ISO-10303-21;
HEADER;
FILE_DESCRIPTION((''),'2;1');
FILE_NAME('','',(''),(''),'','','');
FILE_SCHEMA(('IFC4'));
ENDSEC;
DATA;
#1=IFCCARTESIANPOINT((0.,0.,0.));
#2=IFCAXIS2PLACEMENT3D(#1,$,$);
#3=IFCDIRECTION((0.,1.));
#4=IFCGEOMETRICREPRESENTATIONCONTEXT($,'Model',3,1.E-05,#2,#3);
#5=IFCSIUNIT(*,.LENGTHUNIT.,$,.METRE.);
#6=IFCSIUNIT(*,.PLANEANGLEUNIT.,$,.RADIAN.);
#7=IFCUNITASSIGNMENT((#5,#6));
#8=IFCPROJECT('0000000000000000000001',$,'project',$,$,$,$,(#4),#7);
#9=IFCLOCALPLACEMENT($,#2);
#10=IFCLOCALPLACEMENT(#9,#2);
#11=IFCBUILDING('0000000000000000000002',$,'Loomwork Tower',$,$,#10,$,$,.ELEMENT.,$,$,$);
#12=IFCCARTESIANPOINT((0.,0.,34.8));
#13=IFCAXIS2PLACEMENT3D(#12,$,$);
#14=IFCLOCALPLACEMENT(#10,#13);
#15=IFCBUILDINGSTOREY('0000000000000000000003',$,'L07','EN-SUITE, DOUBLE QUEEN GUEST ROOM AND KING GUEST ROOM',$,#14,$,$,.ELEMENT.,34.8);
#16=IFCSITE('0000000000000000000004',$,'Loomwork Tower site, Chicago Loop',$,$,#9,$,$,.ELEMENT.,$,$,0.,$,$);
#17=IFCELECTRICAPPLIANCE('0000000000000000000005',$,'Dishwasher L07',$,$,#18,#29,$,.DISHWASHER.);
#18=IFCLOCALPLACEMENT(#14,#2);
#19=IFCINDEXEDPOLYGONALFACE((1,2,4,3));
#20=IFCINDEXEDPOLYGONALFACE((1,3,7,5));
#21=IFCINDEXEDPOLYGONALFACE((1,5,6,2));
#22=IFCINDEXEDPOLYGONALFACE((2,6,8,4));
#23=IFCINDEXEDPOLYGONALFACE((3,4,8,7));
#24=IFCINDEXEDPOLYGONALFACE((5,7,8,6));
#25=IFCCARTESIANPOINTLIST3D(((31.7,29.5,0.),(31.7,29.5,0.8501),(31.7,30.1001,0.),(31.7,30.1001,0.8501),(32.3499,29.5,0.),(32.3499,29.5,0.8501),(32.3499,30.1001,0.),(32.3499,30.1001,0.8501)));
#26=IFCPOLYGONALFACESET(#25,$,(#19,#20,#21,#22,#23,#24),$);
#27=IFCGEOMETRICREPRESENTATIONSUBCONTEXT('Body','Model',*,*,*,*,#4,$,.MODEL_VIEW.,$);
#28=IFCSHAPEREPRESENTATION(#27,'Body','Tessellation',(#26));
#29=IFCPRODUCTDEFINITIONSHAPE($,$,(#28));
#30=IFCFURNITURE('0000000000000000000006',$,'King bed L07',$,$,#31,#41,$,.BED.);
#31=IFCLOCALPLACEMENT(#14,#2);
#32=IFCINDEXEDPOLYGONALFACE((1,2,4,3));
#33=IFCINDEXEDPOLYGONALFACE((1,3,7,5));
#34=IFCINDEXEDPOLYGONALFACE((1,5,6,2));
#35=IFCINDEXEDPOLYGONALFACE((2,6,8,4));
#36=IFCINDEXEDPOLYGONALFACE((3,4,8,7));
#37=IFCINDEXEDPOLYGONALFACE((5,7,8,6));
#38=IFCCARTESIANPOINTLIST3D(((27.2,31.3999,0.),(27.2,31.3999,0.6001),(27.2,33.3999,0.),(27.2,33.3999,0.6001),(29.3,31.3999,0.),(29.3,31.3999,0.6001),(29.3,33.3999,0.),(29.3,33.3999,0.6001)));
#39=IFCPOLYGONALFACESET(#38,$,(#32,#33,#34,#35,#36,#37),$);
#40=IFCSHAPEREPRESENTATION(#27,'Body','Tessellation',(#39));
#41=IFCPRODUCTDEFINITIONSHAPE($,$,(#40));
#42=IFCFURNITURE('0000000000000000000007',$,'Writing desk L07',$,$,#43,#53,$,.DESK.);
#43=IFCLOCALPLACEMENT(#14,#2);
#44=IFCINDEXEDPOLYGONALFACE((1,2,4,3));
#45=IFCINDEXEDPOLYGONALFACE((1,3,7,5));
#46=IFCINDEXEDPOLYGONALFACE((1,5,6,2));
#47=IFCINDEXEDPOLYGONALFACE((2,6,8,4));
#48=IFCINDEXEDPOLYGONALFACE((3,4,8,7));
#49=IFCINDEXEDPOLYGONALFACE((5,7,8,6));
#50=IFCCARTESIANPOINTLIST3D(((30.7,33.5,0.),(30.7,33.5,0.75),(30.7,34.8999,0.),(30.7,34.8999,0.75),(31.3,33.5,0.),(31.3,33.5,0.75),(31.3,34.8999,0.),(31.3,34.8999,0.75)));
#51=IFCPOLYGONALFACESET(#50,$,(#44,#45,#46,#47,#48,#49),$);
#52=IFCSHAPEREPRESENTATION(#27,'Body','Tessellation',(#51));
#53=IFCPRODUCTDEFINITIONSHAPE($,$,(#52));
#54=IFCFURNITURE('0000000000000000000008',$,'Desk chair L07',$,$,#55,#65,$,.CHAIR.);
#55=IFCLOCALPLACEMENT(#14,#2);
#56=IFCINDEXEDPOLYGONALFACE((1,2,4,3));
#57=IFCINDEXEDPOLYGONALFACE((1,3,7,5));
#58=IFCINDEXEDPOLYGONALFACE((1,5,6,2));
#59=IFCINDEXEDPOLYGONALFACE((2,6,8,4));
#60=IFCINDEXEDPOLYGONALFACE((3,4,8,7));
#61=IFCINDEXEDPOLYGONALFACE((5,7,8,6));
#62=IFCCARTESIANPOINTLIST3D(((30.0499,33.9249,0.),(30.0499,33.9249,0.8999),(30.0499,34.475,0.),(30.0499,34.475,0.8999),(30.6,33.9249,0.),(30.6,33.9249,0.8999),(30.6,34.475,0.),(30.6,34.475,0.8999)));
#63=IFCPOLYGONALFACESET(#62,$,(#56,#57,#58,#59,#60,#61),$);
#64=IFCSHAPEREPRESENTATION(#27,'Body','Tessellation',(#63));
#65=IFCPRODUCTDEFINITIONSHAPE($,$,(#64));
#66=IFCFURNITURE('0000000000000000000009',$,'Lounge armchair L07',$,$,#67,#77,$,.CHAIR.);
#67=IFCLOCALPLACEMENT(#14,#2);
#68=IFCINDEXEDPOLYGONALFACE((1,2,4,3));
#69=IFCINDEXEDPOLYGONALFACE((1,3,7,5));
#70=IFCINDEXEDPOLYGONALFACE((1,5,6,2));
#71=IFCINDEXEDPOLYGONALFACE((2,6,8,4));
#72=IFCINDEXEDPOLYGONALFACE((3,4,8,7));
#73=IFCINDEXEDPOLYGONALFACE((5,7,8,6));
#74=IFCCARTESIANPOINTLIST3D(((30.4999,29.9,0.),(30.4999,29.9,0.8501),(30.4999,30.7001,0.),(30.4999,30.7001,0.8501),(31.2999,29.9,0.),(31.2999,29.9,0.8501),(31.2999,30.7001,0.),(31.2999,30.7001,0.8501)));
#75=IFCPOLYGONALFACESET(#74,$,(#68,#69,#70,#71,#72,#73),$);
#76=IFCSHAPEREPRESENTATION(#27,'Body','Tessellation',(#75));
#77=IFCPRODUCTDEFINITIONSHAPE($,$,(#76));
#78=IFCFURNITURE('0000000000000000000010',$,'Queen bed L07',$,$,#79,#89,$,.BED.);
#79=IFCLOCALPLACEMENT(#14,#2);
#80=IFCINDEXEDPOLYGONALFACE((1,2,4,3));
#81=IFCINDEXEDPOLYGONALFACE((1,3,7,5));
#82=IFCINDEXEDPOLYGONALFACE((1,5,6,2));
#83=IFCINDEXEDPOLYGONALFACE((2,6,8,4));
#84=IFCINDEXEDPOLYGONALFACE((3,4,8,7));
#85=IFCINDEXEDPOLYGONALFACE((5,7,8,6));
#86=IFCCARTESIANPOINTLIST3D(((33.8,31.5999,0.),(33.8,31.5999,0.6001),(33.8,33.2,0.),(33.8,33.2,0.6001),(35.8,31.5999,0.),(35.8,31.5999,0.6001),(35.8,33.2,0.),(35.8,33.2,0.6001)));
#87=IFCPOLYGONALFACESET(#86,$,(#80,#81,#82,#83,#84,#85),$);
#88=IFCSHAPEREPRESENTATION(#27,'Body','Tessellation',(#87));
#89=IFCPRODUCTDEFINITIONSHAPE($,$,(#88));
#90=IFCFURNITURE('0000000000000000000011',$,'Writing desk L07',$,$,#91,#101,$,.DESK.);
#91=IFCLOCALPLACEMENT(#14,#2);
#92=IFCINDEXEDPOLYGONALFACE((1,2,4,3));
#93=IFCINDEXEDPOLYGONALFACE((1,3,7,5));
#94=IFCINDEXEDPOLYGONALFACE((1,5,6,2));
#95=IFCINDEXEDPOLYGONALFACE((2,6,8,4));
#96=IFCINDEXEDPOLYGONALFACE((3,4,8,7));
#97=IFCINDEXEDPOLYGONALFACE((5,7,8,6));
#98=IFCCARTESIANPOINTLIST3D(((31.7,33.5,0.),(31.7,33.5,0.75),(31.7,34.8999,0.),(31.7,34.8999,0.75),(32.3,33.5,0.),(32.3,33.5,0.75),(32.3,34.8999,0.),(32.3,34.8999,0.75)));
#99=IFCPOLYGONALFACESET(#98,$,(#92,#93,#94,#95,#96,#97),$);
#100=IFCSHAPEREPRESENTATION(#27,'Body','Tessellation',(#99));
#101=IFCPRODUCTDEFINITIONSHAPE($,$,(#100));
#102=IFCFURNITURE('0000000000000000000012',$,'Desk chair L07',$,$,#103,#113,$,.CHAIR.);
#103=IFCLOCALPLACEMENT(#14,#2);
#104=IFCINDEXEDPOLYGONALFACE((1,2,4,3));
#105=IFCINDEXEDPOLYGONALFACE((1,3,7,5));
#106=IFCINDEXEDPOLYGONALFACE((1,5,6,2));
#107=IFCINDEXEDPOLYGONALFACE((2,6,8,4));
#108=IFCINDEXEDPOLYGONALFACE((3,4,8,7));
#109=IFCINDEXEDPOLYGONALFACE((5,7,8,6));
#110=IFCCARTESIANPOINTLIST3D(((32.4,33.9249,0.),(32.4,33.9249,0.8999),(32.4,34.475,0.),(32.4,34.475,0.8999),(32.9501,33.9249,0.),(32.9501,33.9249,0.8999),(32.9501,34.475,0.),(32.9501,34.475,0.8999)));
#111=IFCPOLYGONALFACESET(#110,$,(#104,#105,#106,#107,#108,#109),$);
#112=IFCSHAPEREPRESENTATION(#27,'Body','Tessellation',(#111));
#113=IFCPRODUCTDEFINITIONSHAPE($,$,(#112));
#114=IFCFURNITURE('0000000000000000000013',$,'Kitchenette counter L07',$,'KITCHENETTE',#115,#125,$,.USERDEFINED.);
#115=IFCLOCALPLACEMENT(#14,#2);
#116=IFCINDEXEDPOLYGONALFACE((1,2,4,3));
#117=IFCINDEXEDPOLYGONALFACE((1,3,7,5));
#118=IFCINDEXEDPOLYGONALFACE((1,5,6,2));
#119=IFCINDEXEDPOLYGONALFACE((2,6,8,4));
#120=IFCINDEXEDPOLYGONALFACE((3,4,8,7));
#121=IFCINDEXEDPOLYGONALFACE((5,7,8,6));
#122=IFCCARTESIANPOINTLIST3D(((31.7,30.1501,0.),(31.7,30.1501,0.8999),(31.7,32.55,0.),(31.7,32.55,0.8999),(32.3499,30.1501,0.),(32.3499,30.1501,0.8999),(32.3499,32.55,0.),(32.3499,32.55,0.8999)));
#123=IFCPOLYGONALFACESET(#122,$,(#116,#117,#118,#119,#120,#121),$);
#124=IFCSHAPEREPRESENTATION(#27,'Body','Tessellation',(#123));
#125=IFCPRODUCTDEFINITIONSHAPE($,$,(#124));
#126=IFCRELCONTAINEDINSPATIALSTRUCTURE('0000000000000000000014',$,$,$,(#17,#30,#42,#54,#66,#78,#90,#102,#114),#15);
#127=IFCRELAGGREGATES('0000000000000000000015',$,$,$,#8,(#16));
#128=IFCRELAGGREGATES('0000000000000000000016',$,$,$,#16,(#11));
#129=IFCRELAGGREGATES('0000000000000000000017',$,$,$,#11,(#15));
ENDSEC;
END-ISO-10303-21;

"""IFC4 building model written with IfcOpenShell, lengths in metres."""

from ifc_helpers import new_model, si_unit, direction, frame, origin, origin_2d, place, context, subcontext, project, spatial, rectangle, extrude, element, save


model = new_model("IFC4")

# Units and contexts
model_context = context("Model", 3, precision=1e-05, world=origin(), true_north=direction((0.0, 1.0)))
body_context = subcontext(model_context, "Body", "Model", "MODEL_VIEW")
ifc_project = project(units=[si_unit("LENGTHUNIT", "METRE"), si_unit("PLANEANGLEUNIT", "RADIAN")], contexts=[model_context])

# Site, building, storey
site_placement = place(None, origin())
site = spatial("IfcSite", under=ifc_project, at=site_placement, Name="Loomwork Tower site, Chicago Loop", CompositionType="ELEMENT", RefElevation=0.0)
building_placement = place(site_placement, origin())
building = spatial("IfcBuilding", under=site, at=building_placement, Name="Loomwork Tower", CompositionType="ELEMENT")
storey_placement = place(building_placement, frame((0.0, 0.0, 34.8)))
storey = spatial("IfcBuildingStorey", under=building, at=storey_placement, Name="L07", Description="EN-SUITE, DOUBLE QUEEN GUEST ROOM AND KING GUEST ROOM", CompositionType="ELEMENT", Elevation=34.8)

# Electric appliance
electric_appliance_placement = place(storey_placement, frame((32.0249, 29.8, 0.0), z_axis=(0.0, 0.0, 1.0), x_axis=(1.0, 0.0, 0.0)))
element("IfcElectricAppliance", 1, at=electric_appliance_placement, inside=storey, Name="Dishwasher L07", PredefinedType="DISHWASHER", context=body_context, shape_type="SweptSolid", body=[
    extrude(rectangle(XDim=0.6499, YDim=0.6001, at=origin_2d()), origin(), (0.0, 0.0, 1.0), 0.8501),
])

# Furniture
furniture_1_placement = place(storey_placement, frame((28.25, 32.3999, 0.0), z_axis=(0.0, 0.0, 1.0), x_axis=(1.0, 0.0, 0.0)))
element("IfcFurniture", 2, at=furniture_1_placement, inside=storey, Name="King bed L07", PredefinedType="BED", context=body_context, shape_type="SweptSolid", body=[
    extrude(rectangle(XDim=2.1001, YDim=2.0, at=origin_2d()), origin(), (0.0, 0.0, 1.0), 0.6001),
])
furniture_2_placement = place(storey_placement, frame((31.0, 34.2, 0.0), z_axis=(0.0, 0.0, 1.0), x_axis=(1.0, 0.0, 0.0)))
element("IfcFurniture", 3, at=furniture_2_placement, inside=storey, Name="Writing desk L07", PredefinedType="DESK", context=body_context, shape_type="SweptSolid", body=[
    extrude(rectangle(XDim=0.6001, YDim=1.3999, at=origin_2d()), origin(), (0.0, 0.0, 1.0), 0.75),
])
furniture_3_placement = place(storey_placement, frame((30.325, 34.2, 0.0), z_axis=(0.0, 0.0, 1.0), x_axis=(1.0, 0.0, 0.0)))
element("IfcFurniture", 4, at=furniture_3_placement, inside=storey, Name="Desk chair L07", PredefinedType="CHAIR", context=body_context, shape_type="SweptSolid", body=[
    extrude(rectangle(XDim=0.55, YDim=0.55, at=origin_2d()), origin(), (0.0, 0.0, 1.0), 0.8999),
])
furniture_4_placement = place(storey_placement, frame((30.8999, 30.3, 0.0), z_axis=(0.0, 0.0, 1.0), x_axis=(1.0, 0.0, 0.0)))
element("IfcFurniture", 5, at=furniture_4_placement, inside=storey, Name="Lounge armchair L07", PredefinedType="CHAIR", context=body_context, shape_type="SweptSolid", body=[
    extrude(rectangle(XDim=0.8, YDim=0.8, at=origin_2d()), origin(), (0.0, 0.0, 1.0), 0.8501),
])
furniture_5_placement = place(storey_placement, frame((34.8, 32.3999, 0.0), z_axis=(0.0, 0.0, 1.0), x_axis=(1.0, 0.0, 0.0)))
element("IfcFurniture", 6, at=furniture_5_placement, inside=storey, Name="Queen bed L07", PredefinedType="BED", context=body_context, shape_type="SweptSolid", body=[
    extrude(rectangle(XDim=2.0, YDim=1.6001, at=origin_2d()), origin(), (0.0, 0.0, 1.0), 0.6001),
])
furniture_6_placement = place(storey_placement, frame((32.0, 34.2, 0.0), z_axis=(0.0, 0.0, 1.0), x_axis=(1.0, 0.0, 0.0)))
element("IfcFurniture", 7, at=furniture_6_placement, inside=storey, Name="Writing desk L07", PredefinedType="DESK", context=body_context, shape_type="SweptSolid", body=[
    extrude(rectangle(XDim=0.6001, YDim=1.3999, at=origin_2d()), origin(), (0.0, 0.0, 1.0), 0.75),
])
furniture_7_placement = place(storey_placement, frame((32.675, 34.2, 0.0), z_axis=(0.0, 0.0, 1.0), x_axis=(1.0, 0.0, 0.0)))
element("IfcFurniture", 8, at=furniture_7_placement, inside=storey, Name="Desk chair L07", PredefinedType="CHAIR", context=body_context, shape_type="SweptSolid", body=[
    extrude(rectangle(XDim=0.55, YDim=0.55, at=origin_2d()), origin(), (0.0, 0.0, 1.0), 0.8999),
])
furniture_8_placement = place(storey_placement, frame((32.0249, 31.3501, 0.0), z_axis=(0.0, 0.0, 1.0), x_axis=(1.0, 0.0, 0.0)))
element("IfcFurniture", 9, at=furniture_8_placement, inside=storey, Name="Kitchenette counter L07", ObjectType="KITCHENETTE", PredefinedType="USERDEFINED", context=body_context, shape_type="SweptSolid", body=[
    extrude(rectangle(XDim=0.6499, YDim=2.3999, at=origin_2d()), origin(), (0.0, 0.0, 1.0), 0.8999),
])

save(model, "model.ifc")
